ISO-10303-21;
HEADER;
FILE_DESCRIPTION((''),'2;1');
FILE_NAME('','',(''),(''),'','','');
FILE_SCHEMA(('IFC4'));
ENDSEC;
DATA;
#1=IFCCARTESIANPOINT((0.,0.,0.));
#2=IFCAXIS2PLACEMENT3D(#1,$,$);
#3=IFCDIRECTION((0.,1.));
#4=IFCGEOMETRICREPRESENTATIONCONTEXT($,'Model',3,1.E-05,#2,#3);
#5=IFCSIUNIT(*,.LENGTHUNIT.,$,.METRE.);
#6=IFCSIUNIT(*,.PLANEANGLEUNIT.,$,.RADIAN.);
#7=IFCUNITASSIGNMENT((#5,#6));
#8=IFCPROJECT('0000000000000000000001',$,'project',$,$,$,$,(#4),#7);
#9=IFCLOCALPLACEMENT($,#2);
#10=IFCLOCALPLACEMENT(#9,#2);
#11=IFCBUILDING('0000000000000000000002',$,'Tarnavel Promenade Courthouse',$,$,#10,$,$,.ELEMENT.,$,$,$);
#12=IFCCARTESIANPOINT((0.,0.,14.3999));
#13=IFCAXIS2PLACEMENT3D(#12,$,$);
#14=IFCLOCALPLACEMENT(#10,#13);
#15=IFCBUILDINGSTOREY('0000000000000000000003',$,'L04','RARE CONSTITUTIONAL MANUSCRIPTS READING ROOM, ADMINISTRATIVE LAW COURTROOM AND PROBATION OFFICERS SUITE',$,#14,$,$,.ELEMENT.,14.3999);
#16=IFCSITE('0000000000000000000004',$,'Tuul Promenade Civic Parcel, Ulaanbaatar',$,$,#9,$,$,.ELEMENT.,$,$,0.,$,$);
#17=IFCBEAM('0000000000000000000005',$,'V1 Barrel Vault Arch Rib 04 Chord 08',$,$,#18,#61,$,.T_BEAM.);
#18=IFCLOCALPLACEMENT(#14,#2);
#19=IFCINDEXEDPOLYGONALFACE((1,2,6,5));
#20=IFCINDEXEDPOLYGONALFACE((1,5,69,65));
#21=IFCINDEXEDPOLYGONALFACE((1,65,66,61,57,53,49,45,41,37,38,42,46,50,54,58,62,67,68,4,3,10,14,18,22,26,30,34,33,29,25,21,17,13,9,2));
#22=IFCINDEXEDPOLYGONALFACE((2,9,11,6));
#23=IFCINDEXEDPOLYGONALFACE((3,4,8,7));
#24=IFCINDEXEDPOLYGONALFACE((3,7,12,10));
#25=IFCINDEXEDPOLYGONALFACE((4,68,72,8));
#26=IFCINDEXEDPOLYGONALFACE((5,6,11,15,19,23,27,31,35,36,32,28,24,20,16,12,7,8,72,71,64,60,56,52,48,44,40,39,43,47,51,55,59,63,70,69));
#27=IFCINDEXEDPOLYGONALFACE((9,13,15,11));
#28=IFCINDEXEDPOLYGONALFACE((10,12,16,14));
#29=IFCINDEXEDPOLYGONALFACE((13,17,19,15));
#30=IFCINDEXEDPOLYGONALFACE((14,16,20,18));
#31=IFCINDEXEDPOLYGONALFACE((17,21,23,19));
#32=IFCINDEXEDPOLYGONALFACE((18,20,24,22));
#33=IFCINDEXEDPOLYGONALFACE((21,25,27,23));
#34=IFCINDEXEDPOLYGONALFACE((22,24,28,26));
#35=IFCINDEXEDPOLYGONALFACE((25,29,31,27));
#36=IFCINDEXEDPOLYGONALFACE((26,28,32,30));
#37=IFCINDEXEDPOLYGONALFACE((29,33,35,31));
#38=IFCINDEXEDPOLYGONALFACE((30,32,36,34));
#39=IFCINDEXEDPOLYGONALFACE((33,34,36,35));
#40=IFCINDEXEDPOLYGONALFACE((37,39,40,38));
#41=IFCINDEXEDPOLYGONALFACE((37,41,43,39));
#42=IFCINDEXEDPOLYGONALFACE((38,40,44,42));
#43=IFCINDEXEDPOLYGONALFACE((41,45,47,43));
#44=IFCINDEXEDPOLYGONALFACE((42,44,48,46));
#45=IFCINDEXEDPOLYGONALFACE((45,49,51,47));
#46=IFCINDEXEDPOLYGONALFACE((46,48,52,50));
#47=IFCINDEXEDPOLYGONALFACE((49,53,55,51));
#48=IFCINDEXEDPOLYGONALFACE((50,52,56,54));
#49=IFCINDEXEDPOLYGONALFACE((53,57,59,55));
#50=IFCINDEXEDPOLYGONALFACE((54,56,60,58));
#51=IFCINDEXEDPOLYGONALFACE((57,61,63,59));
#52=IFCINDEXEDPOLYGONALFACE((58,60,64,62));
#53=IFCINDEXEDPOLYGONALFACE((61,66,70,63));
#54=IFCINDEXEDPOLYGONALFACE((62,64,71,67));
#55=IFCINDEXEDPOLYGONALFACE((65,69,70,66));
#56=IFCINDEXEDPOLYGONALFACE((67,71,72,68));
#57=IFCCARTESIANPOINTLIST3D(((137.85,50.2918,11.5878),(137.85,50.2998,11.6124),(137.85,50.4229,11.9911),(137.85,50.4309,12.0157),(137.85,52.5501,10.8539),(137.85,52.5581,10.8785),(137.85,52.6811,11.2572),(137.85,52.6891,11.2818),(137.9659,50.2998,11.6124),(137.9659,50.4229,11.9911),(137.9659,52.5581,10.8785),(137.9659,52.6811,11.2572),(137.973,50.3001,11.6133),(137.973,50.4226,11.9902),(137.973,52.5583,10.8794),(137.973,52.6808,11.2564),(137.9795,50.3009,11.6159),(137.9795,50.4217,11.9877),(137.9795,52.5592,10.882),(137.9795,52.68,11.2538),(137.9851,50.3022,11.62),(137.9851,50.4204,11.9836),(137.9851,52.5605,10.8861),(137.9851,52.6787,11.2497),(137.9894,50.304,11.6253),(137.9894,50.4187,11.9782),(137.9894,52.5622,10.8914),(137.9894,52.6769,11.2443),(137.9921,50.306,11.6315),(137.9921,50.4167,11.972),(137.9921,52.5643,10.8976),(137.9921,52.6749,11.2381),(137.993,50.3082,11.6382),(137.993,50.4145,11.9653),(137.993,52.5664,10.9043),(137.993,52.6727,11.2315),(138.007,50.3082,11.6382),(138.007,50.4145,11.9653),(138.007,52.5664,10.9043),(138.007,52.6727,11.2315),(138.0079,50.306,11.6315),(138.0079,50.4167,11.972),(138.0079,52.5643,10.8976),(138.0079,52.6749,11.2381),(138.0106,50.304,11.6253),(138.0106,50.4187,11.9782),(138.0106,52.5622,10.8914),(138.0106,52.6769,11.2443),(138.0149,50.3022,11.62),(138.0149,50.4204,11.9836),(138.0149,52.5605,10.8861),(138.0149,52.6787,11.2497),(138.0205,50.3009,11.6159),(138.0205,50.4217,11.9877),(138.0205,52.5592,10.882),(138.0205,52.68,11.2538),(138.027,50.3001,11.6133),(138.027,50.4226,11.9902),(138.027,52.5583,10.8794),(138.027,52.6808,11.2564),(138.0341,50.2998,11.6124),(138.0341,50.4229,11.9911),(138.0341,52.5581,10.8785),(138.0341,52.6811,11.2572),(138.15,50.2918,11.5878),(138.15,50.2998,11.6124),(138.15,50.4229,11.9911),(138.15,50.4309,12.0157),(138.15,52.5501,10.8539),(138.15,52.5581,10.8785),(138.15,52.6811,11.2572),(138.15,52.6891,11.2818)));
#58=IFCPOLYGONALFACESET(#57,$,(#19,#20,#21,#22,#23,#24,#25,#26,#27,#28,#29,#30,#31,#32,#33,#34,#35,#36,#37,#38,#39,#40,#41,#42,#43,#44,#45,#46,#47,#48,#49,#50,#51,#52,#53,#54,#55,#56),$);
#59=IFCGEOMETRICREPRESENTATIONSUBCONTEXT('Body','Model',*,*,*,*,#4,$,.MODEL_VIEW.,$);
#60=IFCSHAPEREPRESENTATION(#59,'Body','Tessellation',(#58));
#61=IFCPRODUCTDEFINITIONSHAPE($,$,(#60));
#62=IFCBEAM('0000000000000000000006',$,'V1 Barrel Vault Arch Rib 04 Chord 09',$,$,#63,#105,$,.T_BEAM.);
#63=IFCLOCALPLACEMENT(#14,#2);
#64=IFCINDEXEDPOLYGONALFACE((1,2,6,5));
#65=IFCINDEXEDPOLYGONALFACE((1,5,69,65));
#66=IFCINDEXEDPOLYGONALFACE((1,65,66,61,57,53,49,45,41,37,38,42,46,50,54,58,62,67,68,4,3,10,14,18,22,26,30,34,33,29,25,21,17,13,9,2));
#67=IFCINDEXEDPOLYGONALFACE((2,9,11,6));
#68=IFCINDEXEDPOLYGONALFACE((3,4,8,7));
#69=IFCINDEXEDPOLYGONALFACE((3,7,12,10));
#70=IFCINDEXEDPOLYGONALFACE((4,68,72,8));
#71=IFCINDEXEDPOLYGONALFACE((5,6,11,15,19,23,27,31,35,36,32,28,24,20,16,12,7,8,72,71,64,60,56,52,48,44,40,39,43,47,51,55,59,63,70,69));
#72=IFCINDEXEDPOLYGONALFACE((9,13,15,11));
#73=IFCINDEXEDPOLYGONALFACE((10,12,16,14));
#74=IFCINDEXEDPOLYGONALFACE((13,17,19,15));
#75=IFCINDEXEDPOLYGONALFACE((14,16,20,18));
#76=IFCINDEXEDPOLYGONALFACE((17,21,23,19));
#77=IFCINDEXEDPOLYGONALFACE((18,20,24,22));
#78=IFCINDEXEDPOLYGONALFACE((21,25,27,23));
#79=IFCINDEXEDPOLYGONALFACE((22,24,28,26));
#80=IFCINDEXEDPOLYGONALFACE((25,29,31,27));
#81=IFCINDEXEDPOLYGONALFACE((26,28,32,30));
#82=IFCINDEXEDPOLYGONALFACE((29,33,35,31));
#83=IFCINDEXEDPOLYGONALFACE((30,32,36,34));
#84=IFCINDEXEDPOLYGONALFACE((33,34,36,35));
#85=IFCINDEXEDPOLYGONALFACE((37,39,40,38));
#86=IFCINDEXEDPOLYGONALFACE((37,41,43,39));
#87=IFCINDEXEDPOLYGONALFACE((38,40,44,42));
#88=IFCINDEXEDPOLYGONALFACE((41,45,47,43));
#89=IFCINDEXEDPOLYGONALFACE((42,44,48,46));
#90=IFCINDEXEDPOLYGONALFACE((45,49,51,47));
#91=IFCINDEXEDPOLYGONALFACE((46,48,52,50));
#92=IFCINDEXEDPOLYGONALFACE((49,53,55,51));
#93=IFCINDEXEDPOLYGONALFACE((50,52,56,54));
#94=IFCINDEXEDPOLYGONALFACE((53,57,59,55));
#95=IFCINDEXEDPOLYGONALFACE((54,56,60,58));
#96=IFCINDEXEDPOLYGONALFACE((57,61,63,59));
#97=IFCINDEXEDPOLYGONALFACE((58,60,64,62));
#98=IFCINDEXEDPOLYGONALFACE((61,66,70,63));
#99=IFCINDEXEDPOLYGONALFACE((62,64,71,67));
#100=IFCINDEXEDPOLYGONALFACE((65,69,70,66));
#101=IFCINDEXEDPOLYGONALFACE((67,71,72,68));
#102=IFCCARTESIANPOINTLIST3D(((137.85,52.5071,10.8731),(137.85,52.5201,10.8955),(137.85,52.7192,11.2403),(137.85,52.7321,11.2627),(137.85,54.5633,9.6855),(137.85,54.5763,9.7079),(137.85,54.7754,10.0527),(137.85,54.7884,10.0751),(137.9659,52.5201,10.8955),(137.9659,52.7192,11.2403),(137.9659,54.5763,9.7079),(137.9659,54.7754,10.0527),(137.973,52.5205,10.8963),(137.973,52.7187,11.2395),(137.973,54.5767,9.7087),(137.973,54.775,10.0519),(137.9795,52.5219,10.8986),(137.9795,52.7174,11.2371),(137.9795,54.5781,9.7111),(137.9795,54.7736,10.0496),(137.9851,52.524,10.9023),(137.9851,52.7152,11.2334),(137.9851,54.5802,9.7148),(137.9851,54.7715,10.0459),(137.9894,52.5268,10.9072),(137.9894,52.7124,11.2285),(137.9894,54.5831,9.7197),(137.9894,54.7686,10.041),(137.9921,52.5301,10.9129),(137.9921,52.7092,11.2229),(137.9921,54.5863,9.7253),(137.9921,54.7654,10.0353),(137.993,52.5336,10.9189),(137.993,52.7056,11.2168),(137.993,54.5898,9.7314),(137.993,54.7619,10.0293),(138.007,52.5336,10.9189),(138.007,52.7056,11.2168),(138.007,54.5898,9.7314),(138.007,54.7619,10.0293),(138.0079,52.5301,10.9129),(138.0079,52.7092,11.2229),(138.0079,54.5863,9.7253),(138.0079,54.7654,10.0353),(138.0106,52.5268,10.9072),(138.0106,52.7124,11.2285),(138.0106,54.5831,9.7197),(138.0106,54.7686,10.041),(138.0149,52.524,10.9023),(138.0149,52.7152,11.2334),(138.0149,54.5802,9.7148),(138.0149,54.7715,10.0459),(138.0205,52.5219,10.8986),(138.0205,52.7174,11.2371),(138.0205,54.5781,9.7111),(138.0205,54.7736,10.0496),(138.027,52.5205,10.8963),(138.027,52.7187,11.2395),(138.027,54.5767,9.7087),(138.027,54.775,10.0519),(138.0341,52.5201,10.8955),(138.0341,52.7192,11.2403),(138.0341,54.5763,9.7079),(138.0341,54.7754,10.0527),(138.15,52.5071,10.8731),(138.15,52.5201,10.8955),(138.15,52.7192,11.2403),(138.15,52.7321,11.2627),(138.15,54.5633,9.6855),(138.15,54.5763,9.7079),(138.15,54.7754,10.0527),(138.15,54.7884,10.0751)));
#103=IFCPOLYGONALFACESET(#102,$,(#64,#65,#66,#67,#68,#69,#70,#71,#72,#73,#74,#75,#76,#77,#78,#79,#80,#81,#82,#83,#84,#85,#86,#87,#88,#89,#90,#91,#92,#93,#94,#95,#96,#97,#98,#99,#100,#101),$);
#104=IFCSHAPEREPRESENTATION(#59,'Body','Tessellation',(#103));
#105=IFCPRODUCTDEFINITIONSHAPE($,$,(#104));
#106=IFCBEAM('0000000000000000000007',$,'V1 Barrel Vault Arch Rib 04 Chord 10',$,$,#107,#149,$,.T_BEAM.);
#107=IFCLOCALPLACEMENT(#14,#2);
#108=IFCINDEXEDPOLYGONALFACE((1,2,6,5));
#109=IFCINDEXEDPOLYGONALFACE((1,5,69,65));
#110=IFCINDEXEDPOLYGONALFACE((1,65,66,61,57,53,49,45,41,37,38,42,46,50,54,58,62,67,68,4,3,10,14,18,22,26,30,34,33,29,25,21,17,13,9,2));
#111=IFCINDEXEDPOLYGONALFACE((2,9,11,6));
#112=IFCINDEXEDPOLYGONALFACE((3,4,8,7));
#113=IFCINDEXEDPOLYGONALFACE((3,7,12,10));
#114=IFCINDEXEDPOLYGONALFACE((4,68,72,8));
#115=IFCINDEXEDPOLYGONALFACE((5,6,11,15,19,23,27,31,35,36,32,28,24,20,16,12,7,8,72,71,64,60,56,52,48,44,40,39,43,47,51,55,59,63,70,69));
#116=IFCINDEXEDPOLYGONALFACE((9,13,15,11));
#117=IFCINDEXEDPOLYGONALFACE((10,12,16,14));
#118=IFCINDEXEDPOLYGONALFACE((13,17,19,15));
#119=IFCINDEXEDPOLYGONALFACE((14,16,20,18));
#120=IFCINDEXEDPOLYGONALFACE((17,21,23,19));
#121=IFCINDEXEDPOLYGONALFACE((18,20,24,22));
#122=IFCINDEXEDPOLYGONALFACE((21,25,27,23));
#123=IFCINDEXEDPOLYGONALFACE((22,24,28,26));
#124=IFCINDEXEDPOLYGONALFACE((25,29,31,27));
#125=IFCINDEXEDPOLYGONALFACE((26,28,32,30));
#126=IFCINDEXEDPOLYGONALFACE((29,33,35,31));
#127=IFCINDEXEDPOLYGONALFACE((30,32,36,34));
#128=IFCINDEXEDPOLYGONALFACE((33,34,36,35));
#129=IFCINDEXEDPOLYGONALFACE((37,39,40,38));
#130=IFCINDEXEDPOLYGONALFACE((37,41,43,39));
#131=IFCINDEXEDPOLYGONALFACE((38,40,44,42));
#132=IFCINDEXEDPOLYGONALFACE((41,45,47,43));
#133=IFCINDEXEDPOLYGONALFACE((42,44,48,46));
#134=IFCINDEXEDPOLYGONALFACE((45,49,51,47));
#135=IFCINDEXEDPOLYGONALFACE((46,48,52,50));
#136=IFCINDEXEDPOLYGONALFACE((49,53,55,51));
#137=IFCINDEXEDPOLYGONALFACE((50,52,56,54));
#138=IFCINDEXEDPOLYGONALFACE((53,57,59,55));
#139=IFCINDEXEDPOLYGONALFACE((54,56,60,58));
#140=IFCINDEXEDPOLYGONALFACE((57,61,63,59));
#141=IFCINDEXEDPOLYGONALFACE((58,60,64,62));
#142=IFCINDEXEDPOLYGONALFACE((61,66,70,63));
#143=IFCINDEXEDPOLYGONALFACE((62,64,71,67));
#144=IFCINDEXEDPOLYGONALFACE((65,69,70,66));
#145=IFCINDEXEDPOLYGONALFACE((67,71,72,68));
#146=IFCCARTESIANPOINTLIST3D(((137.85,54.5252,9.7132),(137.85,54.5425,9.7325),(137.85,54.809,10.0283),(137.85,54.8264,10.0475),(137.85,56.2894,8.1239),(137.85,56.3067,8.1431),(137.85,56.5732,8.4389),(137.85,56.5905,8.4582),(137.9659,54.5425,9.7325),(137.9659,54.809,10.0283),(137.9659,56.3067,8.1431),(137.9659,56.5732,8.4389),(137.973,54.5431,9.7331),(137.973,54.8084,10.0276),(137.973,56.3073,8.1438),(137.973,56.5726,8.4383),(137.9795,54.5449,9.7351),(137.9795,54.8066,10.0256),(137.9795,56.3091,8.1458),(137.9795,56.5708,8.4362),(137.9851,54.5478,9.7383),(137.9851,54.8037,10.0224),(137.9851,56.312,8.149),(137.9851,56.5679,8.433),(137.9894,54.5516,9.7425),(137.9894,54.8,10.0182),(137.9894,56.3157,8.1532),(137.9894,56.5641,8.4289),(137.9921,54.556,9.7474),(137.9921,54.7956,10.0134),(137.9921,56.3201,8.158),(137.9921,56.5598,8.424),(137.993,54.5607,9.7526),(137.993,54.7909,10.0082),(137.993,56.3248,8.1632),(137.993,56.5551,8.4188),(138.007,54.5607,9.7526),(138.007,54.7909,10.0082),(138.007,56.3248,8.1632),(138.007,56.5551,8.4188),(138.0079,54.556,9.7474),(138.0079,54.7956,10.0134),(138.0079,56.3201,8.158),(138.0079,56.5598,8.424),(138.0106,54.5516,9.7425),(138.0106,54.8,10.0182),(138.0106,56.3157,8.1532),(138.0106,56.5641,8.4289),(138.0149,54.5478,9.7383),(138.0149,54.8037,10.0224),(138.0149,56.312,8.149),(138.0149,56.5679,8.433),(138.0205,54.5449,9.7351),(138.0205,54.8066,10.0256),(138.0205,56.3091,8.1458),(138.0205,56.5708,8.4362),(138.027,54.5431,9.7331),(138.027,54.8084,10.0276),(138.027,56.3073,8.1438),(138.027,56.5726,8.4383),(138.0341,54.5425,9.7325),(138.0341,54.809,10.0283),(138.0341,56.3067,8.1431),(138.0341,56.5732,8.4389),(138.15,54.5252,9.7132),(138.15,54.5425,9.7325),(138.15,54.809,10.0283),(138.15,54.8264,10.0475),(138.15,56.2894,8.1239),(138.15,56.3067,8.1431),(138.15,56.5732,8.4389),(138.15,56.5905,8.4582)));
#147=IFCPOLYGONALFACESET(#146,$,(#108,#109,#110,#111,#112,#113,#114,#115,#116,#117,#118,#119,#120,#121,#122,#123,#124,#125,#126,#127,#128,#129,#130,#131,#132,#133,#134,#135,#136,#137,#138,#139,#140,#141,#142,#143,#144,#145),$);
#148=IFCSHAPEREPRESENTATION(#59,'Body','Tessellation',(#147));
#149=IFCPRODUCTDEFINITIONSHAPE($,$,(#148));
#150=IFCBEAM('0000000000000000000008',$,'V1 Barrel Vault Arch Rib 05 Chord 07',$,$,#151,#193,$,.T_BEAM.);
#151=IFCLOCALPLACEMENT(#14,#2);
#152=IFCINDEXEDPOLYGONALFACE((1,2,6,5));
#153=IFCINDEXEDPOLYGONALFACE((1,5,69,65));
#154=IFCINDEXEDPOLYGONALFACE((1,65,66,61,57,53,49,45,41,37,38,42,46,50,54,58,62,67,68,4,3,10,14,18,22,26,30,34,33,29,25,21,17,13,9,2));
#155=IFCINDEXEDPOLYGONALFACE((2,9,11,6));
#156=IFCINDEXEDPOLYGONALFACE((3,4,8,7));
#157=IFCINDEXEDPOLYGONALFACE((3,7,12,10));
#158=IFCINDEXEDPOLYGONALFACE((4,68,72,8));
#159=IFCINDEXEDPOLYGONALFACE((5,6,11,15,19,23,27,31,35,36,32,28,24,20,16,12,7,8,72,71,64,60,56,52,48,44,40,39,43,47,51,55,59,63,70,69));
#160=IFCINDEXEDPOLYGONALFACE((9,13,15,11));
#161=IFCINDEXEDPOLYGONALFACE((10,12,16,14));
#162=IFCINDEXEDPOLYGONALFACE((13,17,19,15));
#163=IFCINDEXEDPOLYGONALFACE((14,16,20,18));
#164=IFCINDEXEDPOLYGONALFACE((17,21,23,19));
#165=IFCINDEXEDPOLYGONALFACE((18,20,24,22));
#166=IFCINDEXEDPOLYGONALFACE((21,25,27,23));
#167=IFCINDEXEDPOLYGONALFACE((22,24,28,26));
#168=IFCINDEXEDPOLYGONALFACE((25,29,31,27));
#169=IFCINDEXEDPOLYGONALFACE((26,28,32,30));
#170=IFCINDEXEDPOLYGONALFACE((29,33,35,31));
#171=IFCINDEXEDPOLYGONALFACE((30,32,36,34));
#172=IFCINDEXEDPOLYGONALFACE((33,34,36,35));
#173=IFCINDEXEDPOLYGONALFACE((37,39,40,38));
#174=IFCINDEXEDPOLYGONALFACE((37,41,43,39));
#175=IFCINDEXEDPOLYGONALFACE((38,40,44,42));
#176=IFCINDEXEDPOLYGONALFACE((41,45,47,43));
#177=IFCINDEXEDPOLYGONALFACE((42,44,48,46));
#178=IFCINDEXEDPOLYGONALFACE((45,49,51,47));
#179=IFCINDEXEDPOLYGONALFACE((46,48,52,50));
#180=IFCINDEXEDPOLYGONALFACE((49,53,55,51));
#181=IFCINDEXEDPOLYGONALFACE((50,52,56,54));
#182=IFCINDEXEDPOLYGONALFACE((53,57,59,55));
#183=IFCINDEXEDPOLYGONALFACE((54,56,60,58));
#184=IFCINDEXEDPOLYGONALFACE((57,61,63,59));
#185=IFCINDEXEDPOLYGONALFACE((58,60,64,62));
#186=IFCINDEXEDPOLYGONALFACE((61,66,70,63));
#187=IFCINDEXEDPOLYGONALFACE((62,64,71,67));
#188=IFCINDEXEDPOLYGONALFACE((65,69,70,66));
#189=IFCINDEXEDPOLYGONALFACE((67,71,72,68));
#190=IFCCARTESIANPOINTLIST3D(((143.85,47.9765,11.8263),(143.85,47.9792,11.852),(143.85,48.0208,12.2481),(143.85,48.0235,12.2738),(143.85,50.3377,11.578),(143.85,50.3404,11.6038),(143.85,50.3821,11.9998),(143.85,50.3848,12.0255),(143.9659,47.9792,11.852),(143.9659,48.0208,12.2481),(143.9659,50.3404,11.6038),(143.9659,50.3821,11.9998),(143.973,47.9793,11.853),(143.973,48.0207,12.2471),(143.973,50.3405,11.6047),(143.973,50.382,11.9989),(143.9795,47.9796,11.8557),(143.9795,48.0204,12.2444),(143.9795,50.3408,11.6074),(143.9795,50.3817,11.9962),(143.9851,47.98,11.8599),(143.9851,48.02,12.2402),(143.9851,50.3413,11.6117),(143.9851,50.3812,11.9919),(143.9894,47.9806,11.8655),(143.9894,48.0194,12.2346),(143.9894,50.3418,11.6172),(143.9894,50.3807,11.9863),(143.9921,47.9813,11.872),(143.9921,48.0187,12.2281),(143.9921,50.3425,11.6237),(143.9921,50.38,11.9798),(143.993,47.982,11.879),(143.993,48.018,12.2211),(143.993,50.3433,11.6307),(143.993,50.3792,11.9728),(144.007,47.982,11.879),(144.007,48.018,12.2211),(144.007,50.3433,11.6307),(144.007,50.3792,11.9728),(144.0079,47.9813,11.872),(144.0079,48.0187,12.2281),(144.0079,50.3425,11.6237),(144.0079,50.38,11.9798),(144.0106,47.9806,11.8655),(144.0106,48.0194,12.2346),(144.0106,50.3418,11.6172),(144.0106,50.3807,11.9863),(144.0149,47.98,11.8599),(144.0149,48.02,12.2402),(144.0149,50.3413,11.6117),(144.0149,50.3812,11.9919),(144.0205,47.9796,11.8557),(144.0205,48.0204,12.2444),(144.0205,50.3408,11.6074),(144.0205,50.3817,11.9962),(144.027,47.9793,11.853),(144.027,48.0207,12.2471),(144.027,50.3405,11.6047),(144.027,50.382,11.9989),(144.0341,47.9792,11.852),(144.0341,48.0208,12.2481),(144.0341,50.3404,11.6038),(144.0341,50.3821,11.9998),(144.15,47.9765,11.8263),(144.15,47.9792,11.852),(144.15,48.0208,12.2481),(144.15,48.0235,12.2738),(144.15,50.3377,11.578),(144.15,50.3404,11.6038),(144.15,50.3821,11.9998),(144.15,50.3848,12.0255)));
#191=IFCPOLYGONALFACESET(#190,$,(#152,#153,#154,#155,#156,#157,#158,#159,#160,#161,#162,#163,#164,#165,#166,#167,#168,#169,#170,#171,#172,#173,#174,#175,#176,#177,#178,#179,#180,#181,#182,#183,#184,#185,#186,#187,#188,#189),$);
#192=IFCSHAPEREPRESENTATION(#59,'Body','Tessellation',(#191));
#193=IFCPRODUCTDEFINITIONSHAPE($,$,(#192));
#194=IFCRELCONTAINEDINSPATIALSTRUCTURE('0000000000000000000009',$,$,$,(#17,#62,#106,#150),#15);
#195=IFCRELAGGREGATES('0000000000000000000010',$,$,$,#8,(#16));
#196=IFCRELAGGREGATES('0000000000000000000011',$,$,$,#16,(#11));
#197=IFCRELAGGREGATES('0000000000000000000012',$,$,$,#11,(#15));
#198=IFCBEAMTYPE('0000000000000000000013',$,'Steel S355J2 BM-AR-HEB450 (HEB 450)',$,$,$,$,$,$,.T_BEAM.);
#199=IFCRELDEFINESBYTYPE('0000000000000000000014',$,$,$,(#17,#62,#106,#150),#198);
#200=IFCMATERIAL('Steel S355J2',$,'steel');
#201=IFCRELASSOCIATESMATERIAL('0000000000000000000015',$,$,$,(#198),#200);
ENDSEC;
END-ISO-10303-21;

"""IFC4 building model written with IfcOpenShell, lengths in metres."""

from ifc_helpers import new_model, si_unit, direction, frame, origin, origin_2d, place, context, subcontext, project, spatial, i_section, extrude, material, material_profile, profile_set, type_object, element, save


model = new_model("IFC4")

# Units and contexts
model_context = context("Model", 3, precision=1e-05, world=origin(), true_north=direction((0.0, 1.0)))
body_context = subcontext(model_context, "Body", "Model", "MODEL_VIEW")
ifc_project = project(units=[si_unit("LENGTHUNIT", "METRE"), si_unit("PLANEANGLEUNIT", "RADIAN")], contexts=[model_context])

# Site, building, storey
site_placement = place(None, origin())
site = spatial("IfcSite", under=ifc_project, at=site_placement, Name="Tuul Promenade Civic Parcel, Ulaanbaatar", CompositionType="ELEMENT", RefElevation=0.0)
building_placement = place(site_placement, origin())
building = spatial("IfcBuilding", under=site, at=building_placement, Name="Tarnavel Promenade Courthouse", CompositionType="ELEMENT")
storey_placement = place(building_placement, frame((0.0, 0.0, 14.3999)))
storey = spatial("IfcBuildingStorey", under=building, at=storey_placement, Name="L04", Description="RARE CONSTITUTIONAL MANUSCRIPTS READING ROOM, ADMINISTRATIVE LAW COURTROOM AND PROBATION OFFICERS SUITE", CompositionType="ELEMENT", Elevation=14.3999)

# Beams
ifc_material_1 = material(Name="Steel S355J2", Category="steel")
ifc_material_profile_1 = material_profile(ifc_material_1, i_section(OverallWidth=0.3, OverallDepth=0.45, WebThickness=0.0139, FlangeThickness=0.0259, FilletRadius=0.0271, at=origin_2d()), Name="HEB 450")
ifc_profile_set_1 = profile_set([ifc_material_profile_1], Name="Steel S355J2")
beam_type = type_object("IfcBeamType", Name="Steel S355J2 BM-AR-HEB450 (HEB 450)", PredefinedType="T_BEAM", material=ifc_profile_set_1)
for number, where, z_axis, x_axis, name in (
    (1, (138.0, 50.3613, 11.8018), (0.0, 0.951042, -0.309063), (-1.0, 0.0, 0.0), "V1 Barrel Vault Arch Rib 04 Chord 08"),
    (2, (138.0, 52.6196, 11.0679), (0.0, 0.865956, -0.50012), (-1.0, 0.0, 0.0), "V1 Barrel Vault Arch Rib 04 Chord 09"),
    (3, (138.0, 54.6758, 9.8804), (0.0, 0.742957, -0.66934), (-1.0, 0.0, 0.0), "V1 Barrel Vault Arch Rib 04 Chord 10"),
):
    element("IfcBeam", number, at=place(storey_placement, frame(where, z_axis=z_axis, x_axis=x_axis)), inside=storey, type_object=beam_type, Name=name, PredefinedType="T_BEAM", context=body_context, shape_type="SweptSolid", body=[
        extrude(i_section(OverallWidth=0.3, OverallDepth=0.45, WebThickness=0.0139, FlangeThickness=0.0259, FilletRadius=0.0271, at=origin_2d()), origin(), (0.0, 0.0, 1.0), 2.3745),
    ])
beam_placement = place(storey_placement, frame((144.0, 48.0, 12.05), z_axis=(0.0, 0.994517, -0.104572), x_axis=(-1.0, 0.0, 0.0)))
element("IfcBeam", 4, at=beam_placement, inside=storey, type_object=beam_type, Name="V1 Barrel Vault Arch Rib 05 Chord 07", PredefinedType="T_BEAM", context=body_context, shape_type="SweptSolid", body=[
    extrude(i_section(OverallWidth=0.3, OverallDepth=0.45, WebThickness=0.0139, FlangeThickness=0.0259, FilletRadius=0.0271, at=origin_2d()), origin(), (0.0, 0.0, 1.0), 2.3743),
])

save(model, "model.ifc")
